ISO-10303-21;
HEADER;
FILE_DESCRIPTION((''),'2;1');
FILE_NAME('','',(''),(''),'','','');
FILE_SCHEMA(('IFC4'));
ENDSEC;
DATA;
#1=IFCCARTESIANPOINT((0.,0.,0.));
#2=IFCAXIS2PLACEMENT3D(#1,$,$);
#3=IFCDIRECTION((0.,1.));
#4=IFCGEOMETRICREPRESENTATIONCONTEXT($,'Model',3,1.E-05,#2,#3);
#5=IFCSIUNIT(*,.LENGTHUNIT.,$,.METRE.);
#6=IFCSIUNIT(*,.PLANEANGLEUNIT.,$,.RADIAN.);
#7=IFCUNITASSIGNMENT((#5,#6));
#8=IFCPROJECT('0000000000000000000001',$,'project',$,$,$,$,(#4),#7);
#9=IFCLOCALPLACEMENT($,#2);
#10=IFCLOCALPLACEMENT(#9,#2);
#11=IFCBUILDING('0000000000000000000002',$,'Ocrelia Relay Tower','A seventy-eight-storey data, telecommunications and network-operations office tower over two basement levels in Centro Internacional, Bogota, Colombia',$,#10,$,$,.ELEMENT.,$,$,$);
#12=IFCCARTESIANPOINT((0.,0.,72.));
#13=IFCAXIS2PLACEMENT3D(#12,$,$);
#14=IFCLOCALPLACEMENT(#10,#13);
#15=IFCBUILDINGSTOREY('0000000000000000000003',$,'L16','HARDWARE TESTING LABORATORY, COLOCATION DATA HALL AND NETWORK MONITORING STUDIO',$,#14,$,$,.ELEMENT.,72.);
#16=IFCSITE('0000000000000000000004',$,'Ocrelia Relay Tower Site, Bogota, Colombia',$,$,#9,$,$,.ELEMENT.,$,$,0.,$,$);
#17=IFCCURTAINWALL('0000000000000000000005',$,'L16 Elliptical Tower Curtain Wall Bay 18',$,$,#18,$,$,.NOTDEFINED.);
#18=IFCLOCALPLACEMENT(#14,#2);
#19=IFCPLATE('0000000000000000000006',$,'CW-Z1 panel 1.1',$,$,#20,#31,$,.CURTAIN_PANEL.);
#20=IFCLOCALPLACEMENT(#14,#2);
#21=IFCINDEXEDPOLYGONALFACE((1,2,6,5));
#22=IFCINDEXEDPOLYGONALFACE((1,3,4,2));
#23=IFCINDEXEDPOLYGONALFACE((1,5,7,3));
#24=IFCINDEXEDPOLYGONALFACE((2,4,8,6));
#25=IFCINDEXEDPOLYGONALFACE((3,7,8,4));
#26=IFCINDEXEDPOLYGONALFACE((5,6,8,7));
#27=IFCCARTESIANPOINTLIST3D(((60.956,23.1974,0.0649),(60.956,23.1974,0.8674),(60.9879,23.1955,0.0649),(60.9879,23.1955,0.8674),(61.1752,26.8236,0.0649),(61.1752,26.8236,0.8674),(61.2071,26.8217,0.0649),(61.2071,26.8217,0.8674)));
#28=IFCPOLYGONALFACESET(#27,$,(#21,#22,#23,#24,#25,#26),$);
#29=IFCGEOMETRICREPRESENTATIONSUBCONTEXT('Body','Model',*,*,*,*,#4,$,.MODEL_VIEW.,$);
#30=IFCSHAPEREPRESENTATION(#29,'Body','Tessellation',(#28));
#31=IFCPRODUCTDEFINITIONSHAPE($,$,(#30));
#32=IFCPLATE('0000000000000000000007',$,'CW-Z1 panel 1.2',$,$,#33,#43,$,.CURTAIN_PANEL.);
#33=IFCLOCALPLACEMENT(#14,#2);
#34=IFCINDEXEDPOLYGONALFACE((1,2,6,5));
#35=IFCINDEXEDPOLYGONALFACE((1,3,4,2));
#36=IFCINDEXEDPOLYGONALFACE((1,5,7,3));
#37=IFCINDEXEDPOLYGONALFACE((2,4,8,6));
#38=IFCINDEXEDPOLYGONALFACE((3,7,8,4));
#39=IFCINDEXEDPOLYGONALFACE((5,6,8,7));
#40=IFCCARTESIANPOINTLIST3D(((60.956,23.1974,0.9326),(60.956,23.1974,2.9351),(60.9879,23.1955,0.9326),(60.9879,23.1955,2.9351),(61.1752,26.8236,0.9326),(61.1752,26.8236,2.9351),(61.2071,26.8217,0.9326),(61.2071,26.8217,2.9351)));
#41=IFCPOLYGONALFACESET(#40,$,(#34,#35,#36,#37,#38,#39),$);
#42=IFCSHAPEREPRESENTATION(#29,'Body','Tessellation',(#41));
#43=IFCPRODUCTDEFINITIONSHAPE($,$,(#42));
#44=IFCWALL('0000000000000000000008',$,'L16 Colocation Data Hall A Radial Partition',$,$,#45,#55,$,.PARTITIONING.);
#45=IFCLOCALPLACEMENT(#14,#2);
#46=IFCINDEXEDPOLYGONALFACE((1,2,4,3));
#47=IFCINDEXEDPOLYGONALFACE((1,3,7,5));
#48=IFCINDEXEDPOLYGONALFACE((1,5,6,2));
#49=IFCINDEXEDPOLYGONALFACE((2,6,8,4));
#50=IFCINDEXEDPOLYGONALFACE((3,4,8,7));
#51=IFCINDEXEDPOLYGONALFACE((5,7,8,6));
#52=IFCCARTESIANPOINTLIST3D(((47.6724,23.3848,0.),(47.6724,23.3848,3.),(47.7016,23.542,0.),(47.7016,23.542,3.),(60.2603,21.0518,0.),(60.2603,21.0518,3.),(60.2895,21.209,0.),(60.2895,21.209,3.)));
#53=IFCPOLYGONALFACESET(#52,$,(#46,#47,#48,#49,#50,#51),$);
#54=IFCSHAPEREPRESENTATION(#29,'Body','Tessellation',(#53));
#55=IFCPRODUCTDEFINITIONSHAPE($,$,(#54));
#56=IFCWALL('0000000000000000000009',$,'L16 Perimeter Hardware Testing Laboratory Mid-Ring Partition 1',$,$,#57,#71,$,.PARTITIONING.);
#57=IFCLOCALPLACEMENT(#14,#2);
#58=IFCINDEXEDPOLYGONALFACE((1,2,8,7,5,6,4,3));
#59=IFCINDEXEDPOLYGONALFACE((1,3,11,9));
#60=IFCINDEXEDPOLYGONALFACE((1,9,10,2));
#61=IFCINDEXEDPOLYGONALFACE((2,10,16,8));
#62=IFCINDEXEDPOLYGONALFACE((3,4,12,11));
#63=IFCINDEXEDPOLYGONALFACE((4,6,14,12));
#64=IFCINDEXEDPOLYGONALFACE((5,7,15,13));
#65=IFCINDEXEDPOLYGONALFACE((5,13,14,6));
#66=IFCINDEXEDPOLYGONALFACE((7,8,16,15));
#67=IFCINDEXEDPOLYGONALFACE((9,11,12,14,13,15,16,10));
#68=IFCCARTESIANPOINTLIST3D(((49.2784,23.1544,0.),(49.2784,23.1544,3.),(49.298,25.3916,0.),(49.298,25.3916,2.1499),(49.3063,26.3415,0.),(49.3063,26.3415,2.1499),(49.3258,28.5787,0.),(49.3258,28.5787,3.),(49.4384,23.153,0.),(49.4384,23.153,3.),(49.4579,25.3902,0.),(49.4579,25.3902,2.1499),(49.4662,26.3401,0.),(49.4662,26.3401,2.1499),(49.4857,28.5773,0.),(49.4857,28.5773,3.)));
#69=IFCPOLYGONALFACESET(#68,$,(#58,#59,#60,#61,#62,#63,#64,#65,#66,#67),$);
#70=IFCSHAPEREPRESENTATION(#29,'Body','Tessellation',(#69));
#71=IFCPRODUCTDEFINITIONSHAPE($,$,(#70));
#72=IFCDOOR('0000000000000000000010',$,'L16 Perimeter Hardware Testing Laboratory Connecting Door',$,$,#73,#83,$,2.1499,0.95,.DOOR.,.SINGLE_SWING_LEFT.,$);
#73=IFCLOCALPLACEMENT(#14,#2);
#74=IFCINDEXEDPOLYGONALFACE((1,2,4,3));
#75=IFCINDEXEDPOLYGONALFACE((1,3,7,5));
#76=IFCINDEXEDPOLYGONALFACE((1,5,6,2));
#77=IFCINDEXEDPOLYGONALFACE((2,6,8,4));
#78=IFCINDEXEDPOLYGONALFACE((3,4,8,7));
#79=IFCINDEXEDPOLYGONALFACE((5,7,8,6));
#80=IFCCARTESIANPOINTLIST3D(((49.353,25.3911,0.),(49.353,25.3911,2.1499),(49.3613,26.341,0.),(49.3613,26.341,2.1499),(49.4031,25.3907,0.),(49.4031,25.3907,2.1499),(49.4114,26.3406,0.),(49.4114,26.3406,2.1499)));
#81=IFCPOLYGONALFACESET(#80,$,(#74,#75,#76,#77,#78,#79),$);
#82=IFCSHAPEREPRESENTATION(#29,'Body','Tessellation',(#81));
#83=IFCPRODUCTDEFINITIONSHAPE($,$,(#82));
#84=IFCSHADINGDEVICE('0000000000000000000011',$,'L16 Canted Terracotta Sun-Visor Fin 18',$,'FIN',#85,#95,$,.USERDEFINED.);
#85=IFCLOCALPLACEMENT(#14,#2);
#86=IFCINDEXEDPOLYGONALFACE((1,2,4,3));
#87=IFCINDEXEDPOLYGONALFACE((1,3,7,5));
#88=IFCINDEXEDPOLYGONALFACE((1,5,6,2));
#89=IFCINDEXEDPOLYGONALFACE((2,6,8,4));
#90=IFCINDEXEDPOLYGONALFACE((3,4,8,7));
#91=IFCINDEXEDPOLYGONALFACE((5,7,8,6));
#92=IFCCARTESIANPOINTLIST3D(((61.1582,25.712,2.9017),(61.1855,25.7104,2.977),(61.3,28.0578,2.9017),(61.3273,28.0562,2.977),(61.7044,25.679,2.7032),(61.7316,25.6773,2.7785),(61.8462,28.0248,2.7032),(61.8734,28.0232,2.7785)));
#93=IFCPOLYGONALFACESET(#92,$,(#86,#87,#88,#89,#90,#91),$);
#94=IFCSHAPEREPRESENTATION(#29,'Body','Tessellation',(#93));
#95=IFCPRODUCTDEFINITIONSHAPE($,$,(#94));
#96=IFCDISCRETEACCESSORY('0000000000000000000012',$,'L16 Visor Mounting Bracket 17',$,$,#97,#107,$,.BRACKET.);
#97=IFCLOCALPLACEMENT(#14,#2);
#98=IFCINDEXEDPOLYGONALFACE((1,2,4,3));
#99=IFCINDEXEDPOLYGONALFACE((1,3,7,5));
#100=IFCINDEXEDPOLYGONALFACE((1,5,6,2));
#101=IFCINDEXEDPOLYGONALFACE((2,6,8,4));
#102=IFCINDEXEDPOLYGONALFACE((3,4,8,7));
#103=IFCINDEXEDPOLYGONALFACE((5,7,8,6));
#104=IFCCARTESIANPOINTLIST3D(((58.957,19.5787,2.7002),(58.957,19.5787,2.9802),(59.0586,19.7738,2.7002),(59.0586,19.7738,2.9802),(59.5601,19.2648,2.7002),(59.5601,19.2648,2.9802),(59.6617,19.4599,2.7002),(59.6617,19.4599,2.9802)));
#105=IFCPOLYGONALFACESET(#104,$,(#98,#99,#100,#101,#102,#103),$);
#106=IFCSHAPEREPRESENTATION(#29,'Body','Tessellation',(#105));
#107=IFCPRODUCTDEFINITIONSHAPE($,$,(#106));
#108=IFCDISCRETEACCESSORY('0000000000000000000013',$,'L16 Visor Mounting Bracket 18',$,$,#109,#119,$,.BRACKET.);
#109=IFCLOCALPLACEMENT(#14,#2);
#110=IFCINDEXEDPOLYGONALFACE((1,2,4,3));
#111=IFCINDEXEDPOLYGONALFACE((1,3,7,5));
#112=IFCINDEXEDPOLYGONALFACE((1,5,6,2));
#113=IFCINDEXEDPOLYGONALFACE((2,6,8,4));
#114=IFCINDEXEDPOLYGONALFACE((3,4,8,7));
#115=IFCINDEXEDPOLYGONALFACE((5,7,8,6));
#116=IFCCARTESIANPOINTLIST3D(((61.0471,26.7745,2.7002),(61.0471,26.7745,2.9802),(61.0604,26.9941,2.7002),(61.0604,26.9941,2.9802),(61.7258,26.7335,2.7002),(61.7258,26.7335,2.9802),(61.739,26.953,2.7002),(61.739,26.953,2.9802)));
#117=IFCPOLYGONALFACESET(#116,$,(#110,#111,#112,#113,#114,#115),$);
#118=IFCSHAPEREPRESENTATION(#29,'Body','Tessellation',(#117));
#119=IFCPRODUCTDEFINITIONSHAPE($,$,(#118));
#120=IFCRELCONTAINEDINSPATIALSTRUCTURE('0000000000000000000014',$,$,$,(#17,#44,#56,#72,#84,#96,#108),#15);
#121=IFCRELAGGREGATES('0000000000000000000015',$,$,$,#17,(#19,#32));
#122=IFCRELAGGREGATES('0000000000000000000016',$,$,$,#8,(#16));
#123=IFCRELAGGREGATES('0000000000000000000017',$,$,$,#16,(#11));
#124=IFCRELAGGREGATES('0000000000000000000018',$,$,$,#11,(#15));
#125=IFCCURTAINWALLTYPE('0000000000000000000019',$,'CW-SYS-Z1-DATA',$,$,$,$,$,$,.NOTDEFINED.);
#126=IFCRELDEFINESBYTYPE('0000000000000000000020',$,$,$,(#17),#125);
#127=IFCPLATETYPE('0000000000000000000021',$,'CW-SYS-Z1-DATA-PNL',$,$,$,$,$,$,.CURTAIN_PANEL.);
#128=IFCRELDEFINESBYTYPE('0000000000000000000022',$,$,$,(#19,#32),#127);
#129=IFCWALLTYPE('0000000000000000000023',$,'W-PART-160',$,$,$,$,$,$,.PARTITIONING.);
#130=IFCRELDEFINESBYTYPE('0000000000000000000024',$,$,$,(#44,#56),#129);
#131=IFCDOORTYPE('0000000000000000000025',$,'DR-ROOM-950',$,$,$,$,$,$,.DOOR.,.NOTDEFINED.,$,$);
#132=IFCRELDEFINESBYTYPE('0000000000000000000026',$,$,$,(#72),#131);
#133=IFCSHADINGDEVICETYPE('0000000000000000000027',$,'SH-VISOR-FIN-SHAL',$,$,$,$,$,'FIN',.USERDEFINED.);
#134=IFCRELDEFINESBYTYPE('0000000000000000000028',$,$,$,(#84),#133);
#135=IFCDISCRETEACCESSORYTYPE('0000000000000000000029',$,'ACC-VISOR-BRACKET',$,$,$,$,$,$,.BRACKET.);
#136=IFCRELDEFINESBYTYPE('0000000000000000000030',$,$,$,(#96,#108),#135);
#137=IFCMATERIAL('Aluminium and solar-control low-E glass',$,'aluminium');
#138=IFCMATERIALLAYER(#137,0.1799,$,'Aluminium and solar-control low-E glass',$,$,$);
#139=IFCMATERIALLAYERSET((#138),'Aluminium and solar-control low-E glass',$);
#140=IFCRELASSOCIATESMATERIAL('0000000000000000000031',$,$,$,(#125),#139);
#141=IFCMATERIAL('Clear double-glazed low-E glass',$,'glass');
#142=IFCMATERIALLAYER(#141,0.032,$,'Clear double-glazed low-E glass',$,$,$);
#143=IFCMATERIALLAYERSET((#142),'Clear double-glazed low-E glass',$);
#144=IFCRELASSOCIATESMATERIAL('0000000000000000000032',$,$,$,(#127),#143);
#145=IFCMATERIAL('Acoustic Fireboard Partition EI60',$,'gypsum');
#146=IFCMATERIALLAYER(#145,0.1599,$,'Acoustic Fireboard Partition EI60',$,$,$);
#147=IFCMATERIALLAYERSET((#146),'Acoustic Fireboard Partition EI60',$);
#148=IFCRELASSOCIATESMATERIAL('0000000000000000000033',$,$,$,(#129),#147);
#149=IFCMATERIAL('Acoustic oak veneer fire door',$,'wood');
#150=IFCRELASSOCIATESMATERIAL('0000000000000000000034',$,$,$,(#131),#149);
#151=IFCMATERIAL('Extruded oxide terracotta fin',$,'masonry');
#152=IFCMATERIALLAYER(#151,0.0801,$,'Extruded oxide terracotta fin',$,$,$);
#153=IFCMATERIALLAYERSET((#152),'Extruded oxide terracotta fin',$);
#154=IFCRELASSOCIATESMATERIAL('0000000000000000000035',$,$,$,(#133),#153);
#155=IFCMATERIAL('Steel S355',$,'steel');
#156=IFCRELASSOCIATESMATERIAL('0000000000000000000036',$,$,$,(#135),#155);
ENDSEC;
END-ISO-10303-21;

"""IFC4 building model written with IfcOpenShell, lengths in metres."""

from ifc_helpers import new_model, si_unit, direction, frame, frame_2d, origin, origin_2d, place, context, subcontext, project, spatial, rectangle, extrude, material, layer, layer_set, type_object, element, fill, aggregate, save


model = new_model("IFC4")

# Units and contexts
model_context = context("Model", 3, precision=1e-05, world=origin(), true_north=direction((0.0, 1.0)))
body_context = subcontext(model_context, "Body", "Model", "MODEL_VIEW")
ifc_project = project(units=[si_unit("LENGTHUNIT", "METRE"), si_unit("PLANEANGLEUNIT", "RADIAN")], contexts=[model_context])

# Site, building, storey
site_placement = place(None, origin())
site = spatial("IfcSite", under=ifc_project, at=site_placement, Name="Ocrelia Relay Tower Site, Bogota, Colombia", CompositionType="ELEMENT", RefElevation=0.0)
building_placement = place(site_placement, origin())
building = spatial("IfcBuilding", under=site, at=building_placement, Name="Ocrelia Relay Tower", Description="A seventy-eight-storey data, telecommunications and network-operations office tower over two basement levels in Centro Internacional, Bogota, Colombia", CompositionType="ELEMENT")
storey_placement = place(building_placement, frame((0.0, 0.0, 72.0)))
storey = spatial("IfcBuildingStorey", under=building, at=storey_placement, Name="L16", Description="HARDWARE TESTING LABORATORY, COLOCATION DATA HALL AND NETWORK MONITORING STUDIO", CompositionType="ELEMENT", Elevation=72.0)

# Shared definitions
ifc_material_1 = material(Name="Steel S355", Category="steel")

# Curtain wall, plates
ifc_material_2 = material(Name="Aluminium and solar-control low-E glass", Category="aluminium")
ifc_layer_1 = layer(ifc_material_2, 0.1799, Name="Aluminium and solar-control low-E glass")
ifc_layer_set_1 = layer_set([ifc_layer_1], Name="Aluminium and solar-control low-E glass")
curtain_wall_type = type_object("IfcCurtainWallType", Name="CW-SYS-Z1-DATA", PredefinedType="NOTDEFINED", material=ifc_layer_set_1)
curtain_wall_placement = place(storey_placement, origin())
curtain_wall = element("IfcCurtainWall", 1, at=curtain_wall_placement, inside=storey, type_object=curtain_wall_type, Name="L16 Elliptical Tower Curtain Wall Bay 18", PredefinedType="NOTDEFINED")
ifc_material_3 = material(Name="Clear double-glazed low-E glass", Category="glass")
ifc_layer_2 = layer(ifc_material_3, 0.032, Name="Clear double-glazed low-E glass")
ifc_layer_set_2 = layer_set([ifc_layer_2], Name="Clear double-glazed low-E glass")
plate_type = type_object("IfcPlateType", Name="CW-SYS-Z1-DATA-PNL", PredefinedType="CURTAIN_PANEL", material=ifc_layer_set_2)
plate_1_placement = place(storey_placement, frame((61.0815, 25.0095, 0.0649), z_axis=(0.0, 0.0, 1.0), x_axis=(0.060344, 0.998178, 0.0)))
plate_1 = element("IfcPlate", 2, at=plate_1_placement, type_object=plate_type, Name="CW-Z1 panel 1.1", PredefinedType="CURTAIN_PANEL", context=body_context, shape_type="SweptSolid", body=[
    extrude(rectangle(XDim=3.6328, YDim=0.032, at=origin_2d()), origin(), (0.0, 0.0, 1.0), 0.8025),
])
plate_2_placement = place(storey_placement, frame((61.0815, 25.0095, 0.9326), z_axis=(0.0, 0.0, 1.0), x_axis=(0.060344, 0.998178, 0.0)))
plate_2 = element("IfcPlate", 3, at=plate_2_placement, type_object=plate_type, Name="CW-Z1 panel 1.2", PredefinedType="CURTAIN_PANEL", context=body_context, shape_type="SweptSolid", body=[
    extrude(rectangle(XDim=3.6328, YDim=0.032, at=origin_2d()), origin(), (0.0, 0.0, 1.0), 2.0024),
])
aggregate(curtain_wall, [plate_1, plate_2])

# Shared definitions
ifc_material_4 = material(Name="Acoustic oak veneer fire door", Category="wood")

# Wall
ifc_material_5 = material(Name="Acoustic Fireboard Partition EI60", Category="gypsum")
ifc_layer_3 = layer(ifc_material_5, 0.1599, Name="Acoustic Fireboard Partition EI60")
ifc_layer_set_3 = layer_set([ifc_layer_3], Name="Acoustic Fireboard Partition EI60")
wall_type_1 = type_object("IfcWallType", Name="W-PART-160", PredefinedType="PARTITIONING", material=ifc_layer_set_3)
wall_1_placement = place(storey_placement, frame((47.687, 23.4634, 0.0), z_axis=(0.0, 0.0, 1.0), x_axis=(0.983255, -0.182234, 0.0)))
element("IfcWall", 4, at=wall_1_placement, inside=storey, type_object=wall_type_1, Name="L16 Colocation Data Hall A Radial Partition", PredefinedType="PARTITIONING", context=body_context, shape_type="SweptSolid", body=[
    extrude(rectangle(XDim=12.8022, YDim=0.1599, at=frame_2d((6.4011, 0.0))), origin(), (0.0, 0.0, 1.0), 3.0),
])

# Wall, opening, door
wall_2_placement = place(storey_placement, frame((49.3584, 23.1536, 0.0), z_axis=(0.0, 0.0, 1.0), x_axis=(0.008731, 0.999962, 0.0)))
wall_2 = element("IfcWall", 5, at=wall_2_placement, inside=storey, type_object=wall_type_1, Name="L16 Perimeter Hardware Testing Laboratory Mid-Ring Partition 1", PredefinedType="PARTITIONING", context=body_context, shape_type="SweptSolid", body=[
    extrude(rectangle(XDim=5.4246, YDim=0.1599, at=frame_2d((2.7124, 0.0))), origin(), (0.0, 0.0, 1.0), 3.0),
])
opening_1_placement = place(wall_2_placement, frame((2.2373, 0.0, 0.0)))
opening_1 = element("IfcOpeningElement", 6, at=opening_1_placement, cuts=wall_2, PredefinedType="OPENING", context=body_context, shape_type="SweptSolid", body=[
    extrude(rectangle(XDim=0.95, YDim=2.1499, at=frame_2d((0.4751, 1.075))), frame((0.0, 0.0898, 0.0), z_axis=(0.0, -1.0, 0.0), x_axis=(1.0, 0.0, 0.0)), (0.0, 0.0, 1.0), 0.1799),
])
door_type_1 = type_object("IfcDoorType", Name="DR-ROOM-950", OperationType="NOTDEFINED", PredefinedType="DOOR", material=ifc_material_4)
door_1_placement = place(opening_1_placement, origin())
door_1 = element("IfcDoor", 7, at=door_1_placement, inside=storey, type_object=door_type_1, Name="L16 Perimeter Hardware Testing Laboratory Connecting Door", OperationType="SINGLE_SWING_LEFT", OverallHeight=2.1499, OverallWidth=0.95, PredefinedType="DOOR", context=body_context, shape_type="SweptSolid", body=[
    extrude(rectangle(XDim=0.95, YDim=2.1499, at=frame_2d((0.4751, 1.075))), frame((0.0, 0.0249, 0.0), z_axis=(0.0, -1.0, 0.0), x_axis=(1.0, 0.0, 0.0)), (0.0, 0.0, 1.0), 0.05),
])
fill(opening_1, door_1)

# Shading device
ifc_material_6 = material(Name="Extruded oxide terracotta fin", Category="masonry")
ifc_layer_4 = layer(ifc_material_6, 0.0801, Name="Extruded oxide terracotta fin")
ifc_layer_set_4 = layer_set([ifc_layer_4], Name="Extruded oxide terracotta fin")
shading_device_type = type_object("IfcShadingDeviceType", Name="SH-VISOR-FIN-SHAL", ElementType="FIN", PredefinedType="USERDEFINED", material=ifc_layer_set_4)
shading_device_placement = place(storey_placement, frame((61.5022, 26.8684, 2.8025), z_axis=(0.340414, -0.02058, 0.94005), x_axis=(0.060344, 0.998178, 0.0)))
element("IfcShadingDevice", 8, at=shading_device_placement, inside=storey, type_object=shading_device_type, Name="L16 Canted Terracotta Sun-Visor Fin 18", ObjectType="FIN", PredefinedType="USERDEFINED", context=body_context, shape_type="SweptSolid", body=[
    extrude(rectangle(XDim=2.3501, YDim=0.582, at=origin_2d()), origin(), (0.0, 0.0, 1.0), 0.0801),
])

# Discrete accessories
discrete_accessory_type = type_object("IfcDiscreteAccessoryType", Name="ACC-VISOR-BRACKET", PredefinedType="BRACKET", material=ifc_material_1)
for number, where, z_axis, x_axis, name in (
    (9, (59.3093, 19.5193, 2.7002), (0.0, 0.0, 1.0), (0.461745, 0.887013, 0.0), "L16 Visor Mounting Bracket 17"),
    (10, (61.3931, 26.8638, 2.7002), (0.0, 0.0, 1.0), (0.060344, 0.998178, 0.0), "L16 Visor Mounting Bracket 18"),
):
    element("IfcDiscreteAccessory", number, at=place(storey_placement, frame(where, z_axis=z_axis, x_axis=x_axis)), inside=storey, type_object=discrete_accessory_type, Name=name, PredefinedType="BRACKET", context=body_context, shape_type="SweptSolid", body=[
        extrude(rectangle(XDim=0.22, YDim=0.6799, at=origin_2d()), origin(), (0.0, 0.0, 1.0), 0.28),
    ])

save(model, "model.ifc")
